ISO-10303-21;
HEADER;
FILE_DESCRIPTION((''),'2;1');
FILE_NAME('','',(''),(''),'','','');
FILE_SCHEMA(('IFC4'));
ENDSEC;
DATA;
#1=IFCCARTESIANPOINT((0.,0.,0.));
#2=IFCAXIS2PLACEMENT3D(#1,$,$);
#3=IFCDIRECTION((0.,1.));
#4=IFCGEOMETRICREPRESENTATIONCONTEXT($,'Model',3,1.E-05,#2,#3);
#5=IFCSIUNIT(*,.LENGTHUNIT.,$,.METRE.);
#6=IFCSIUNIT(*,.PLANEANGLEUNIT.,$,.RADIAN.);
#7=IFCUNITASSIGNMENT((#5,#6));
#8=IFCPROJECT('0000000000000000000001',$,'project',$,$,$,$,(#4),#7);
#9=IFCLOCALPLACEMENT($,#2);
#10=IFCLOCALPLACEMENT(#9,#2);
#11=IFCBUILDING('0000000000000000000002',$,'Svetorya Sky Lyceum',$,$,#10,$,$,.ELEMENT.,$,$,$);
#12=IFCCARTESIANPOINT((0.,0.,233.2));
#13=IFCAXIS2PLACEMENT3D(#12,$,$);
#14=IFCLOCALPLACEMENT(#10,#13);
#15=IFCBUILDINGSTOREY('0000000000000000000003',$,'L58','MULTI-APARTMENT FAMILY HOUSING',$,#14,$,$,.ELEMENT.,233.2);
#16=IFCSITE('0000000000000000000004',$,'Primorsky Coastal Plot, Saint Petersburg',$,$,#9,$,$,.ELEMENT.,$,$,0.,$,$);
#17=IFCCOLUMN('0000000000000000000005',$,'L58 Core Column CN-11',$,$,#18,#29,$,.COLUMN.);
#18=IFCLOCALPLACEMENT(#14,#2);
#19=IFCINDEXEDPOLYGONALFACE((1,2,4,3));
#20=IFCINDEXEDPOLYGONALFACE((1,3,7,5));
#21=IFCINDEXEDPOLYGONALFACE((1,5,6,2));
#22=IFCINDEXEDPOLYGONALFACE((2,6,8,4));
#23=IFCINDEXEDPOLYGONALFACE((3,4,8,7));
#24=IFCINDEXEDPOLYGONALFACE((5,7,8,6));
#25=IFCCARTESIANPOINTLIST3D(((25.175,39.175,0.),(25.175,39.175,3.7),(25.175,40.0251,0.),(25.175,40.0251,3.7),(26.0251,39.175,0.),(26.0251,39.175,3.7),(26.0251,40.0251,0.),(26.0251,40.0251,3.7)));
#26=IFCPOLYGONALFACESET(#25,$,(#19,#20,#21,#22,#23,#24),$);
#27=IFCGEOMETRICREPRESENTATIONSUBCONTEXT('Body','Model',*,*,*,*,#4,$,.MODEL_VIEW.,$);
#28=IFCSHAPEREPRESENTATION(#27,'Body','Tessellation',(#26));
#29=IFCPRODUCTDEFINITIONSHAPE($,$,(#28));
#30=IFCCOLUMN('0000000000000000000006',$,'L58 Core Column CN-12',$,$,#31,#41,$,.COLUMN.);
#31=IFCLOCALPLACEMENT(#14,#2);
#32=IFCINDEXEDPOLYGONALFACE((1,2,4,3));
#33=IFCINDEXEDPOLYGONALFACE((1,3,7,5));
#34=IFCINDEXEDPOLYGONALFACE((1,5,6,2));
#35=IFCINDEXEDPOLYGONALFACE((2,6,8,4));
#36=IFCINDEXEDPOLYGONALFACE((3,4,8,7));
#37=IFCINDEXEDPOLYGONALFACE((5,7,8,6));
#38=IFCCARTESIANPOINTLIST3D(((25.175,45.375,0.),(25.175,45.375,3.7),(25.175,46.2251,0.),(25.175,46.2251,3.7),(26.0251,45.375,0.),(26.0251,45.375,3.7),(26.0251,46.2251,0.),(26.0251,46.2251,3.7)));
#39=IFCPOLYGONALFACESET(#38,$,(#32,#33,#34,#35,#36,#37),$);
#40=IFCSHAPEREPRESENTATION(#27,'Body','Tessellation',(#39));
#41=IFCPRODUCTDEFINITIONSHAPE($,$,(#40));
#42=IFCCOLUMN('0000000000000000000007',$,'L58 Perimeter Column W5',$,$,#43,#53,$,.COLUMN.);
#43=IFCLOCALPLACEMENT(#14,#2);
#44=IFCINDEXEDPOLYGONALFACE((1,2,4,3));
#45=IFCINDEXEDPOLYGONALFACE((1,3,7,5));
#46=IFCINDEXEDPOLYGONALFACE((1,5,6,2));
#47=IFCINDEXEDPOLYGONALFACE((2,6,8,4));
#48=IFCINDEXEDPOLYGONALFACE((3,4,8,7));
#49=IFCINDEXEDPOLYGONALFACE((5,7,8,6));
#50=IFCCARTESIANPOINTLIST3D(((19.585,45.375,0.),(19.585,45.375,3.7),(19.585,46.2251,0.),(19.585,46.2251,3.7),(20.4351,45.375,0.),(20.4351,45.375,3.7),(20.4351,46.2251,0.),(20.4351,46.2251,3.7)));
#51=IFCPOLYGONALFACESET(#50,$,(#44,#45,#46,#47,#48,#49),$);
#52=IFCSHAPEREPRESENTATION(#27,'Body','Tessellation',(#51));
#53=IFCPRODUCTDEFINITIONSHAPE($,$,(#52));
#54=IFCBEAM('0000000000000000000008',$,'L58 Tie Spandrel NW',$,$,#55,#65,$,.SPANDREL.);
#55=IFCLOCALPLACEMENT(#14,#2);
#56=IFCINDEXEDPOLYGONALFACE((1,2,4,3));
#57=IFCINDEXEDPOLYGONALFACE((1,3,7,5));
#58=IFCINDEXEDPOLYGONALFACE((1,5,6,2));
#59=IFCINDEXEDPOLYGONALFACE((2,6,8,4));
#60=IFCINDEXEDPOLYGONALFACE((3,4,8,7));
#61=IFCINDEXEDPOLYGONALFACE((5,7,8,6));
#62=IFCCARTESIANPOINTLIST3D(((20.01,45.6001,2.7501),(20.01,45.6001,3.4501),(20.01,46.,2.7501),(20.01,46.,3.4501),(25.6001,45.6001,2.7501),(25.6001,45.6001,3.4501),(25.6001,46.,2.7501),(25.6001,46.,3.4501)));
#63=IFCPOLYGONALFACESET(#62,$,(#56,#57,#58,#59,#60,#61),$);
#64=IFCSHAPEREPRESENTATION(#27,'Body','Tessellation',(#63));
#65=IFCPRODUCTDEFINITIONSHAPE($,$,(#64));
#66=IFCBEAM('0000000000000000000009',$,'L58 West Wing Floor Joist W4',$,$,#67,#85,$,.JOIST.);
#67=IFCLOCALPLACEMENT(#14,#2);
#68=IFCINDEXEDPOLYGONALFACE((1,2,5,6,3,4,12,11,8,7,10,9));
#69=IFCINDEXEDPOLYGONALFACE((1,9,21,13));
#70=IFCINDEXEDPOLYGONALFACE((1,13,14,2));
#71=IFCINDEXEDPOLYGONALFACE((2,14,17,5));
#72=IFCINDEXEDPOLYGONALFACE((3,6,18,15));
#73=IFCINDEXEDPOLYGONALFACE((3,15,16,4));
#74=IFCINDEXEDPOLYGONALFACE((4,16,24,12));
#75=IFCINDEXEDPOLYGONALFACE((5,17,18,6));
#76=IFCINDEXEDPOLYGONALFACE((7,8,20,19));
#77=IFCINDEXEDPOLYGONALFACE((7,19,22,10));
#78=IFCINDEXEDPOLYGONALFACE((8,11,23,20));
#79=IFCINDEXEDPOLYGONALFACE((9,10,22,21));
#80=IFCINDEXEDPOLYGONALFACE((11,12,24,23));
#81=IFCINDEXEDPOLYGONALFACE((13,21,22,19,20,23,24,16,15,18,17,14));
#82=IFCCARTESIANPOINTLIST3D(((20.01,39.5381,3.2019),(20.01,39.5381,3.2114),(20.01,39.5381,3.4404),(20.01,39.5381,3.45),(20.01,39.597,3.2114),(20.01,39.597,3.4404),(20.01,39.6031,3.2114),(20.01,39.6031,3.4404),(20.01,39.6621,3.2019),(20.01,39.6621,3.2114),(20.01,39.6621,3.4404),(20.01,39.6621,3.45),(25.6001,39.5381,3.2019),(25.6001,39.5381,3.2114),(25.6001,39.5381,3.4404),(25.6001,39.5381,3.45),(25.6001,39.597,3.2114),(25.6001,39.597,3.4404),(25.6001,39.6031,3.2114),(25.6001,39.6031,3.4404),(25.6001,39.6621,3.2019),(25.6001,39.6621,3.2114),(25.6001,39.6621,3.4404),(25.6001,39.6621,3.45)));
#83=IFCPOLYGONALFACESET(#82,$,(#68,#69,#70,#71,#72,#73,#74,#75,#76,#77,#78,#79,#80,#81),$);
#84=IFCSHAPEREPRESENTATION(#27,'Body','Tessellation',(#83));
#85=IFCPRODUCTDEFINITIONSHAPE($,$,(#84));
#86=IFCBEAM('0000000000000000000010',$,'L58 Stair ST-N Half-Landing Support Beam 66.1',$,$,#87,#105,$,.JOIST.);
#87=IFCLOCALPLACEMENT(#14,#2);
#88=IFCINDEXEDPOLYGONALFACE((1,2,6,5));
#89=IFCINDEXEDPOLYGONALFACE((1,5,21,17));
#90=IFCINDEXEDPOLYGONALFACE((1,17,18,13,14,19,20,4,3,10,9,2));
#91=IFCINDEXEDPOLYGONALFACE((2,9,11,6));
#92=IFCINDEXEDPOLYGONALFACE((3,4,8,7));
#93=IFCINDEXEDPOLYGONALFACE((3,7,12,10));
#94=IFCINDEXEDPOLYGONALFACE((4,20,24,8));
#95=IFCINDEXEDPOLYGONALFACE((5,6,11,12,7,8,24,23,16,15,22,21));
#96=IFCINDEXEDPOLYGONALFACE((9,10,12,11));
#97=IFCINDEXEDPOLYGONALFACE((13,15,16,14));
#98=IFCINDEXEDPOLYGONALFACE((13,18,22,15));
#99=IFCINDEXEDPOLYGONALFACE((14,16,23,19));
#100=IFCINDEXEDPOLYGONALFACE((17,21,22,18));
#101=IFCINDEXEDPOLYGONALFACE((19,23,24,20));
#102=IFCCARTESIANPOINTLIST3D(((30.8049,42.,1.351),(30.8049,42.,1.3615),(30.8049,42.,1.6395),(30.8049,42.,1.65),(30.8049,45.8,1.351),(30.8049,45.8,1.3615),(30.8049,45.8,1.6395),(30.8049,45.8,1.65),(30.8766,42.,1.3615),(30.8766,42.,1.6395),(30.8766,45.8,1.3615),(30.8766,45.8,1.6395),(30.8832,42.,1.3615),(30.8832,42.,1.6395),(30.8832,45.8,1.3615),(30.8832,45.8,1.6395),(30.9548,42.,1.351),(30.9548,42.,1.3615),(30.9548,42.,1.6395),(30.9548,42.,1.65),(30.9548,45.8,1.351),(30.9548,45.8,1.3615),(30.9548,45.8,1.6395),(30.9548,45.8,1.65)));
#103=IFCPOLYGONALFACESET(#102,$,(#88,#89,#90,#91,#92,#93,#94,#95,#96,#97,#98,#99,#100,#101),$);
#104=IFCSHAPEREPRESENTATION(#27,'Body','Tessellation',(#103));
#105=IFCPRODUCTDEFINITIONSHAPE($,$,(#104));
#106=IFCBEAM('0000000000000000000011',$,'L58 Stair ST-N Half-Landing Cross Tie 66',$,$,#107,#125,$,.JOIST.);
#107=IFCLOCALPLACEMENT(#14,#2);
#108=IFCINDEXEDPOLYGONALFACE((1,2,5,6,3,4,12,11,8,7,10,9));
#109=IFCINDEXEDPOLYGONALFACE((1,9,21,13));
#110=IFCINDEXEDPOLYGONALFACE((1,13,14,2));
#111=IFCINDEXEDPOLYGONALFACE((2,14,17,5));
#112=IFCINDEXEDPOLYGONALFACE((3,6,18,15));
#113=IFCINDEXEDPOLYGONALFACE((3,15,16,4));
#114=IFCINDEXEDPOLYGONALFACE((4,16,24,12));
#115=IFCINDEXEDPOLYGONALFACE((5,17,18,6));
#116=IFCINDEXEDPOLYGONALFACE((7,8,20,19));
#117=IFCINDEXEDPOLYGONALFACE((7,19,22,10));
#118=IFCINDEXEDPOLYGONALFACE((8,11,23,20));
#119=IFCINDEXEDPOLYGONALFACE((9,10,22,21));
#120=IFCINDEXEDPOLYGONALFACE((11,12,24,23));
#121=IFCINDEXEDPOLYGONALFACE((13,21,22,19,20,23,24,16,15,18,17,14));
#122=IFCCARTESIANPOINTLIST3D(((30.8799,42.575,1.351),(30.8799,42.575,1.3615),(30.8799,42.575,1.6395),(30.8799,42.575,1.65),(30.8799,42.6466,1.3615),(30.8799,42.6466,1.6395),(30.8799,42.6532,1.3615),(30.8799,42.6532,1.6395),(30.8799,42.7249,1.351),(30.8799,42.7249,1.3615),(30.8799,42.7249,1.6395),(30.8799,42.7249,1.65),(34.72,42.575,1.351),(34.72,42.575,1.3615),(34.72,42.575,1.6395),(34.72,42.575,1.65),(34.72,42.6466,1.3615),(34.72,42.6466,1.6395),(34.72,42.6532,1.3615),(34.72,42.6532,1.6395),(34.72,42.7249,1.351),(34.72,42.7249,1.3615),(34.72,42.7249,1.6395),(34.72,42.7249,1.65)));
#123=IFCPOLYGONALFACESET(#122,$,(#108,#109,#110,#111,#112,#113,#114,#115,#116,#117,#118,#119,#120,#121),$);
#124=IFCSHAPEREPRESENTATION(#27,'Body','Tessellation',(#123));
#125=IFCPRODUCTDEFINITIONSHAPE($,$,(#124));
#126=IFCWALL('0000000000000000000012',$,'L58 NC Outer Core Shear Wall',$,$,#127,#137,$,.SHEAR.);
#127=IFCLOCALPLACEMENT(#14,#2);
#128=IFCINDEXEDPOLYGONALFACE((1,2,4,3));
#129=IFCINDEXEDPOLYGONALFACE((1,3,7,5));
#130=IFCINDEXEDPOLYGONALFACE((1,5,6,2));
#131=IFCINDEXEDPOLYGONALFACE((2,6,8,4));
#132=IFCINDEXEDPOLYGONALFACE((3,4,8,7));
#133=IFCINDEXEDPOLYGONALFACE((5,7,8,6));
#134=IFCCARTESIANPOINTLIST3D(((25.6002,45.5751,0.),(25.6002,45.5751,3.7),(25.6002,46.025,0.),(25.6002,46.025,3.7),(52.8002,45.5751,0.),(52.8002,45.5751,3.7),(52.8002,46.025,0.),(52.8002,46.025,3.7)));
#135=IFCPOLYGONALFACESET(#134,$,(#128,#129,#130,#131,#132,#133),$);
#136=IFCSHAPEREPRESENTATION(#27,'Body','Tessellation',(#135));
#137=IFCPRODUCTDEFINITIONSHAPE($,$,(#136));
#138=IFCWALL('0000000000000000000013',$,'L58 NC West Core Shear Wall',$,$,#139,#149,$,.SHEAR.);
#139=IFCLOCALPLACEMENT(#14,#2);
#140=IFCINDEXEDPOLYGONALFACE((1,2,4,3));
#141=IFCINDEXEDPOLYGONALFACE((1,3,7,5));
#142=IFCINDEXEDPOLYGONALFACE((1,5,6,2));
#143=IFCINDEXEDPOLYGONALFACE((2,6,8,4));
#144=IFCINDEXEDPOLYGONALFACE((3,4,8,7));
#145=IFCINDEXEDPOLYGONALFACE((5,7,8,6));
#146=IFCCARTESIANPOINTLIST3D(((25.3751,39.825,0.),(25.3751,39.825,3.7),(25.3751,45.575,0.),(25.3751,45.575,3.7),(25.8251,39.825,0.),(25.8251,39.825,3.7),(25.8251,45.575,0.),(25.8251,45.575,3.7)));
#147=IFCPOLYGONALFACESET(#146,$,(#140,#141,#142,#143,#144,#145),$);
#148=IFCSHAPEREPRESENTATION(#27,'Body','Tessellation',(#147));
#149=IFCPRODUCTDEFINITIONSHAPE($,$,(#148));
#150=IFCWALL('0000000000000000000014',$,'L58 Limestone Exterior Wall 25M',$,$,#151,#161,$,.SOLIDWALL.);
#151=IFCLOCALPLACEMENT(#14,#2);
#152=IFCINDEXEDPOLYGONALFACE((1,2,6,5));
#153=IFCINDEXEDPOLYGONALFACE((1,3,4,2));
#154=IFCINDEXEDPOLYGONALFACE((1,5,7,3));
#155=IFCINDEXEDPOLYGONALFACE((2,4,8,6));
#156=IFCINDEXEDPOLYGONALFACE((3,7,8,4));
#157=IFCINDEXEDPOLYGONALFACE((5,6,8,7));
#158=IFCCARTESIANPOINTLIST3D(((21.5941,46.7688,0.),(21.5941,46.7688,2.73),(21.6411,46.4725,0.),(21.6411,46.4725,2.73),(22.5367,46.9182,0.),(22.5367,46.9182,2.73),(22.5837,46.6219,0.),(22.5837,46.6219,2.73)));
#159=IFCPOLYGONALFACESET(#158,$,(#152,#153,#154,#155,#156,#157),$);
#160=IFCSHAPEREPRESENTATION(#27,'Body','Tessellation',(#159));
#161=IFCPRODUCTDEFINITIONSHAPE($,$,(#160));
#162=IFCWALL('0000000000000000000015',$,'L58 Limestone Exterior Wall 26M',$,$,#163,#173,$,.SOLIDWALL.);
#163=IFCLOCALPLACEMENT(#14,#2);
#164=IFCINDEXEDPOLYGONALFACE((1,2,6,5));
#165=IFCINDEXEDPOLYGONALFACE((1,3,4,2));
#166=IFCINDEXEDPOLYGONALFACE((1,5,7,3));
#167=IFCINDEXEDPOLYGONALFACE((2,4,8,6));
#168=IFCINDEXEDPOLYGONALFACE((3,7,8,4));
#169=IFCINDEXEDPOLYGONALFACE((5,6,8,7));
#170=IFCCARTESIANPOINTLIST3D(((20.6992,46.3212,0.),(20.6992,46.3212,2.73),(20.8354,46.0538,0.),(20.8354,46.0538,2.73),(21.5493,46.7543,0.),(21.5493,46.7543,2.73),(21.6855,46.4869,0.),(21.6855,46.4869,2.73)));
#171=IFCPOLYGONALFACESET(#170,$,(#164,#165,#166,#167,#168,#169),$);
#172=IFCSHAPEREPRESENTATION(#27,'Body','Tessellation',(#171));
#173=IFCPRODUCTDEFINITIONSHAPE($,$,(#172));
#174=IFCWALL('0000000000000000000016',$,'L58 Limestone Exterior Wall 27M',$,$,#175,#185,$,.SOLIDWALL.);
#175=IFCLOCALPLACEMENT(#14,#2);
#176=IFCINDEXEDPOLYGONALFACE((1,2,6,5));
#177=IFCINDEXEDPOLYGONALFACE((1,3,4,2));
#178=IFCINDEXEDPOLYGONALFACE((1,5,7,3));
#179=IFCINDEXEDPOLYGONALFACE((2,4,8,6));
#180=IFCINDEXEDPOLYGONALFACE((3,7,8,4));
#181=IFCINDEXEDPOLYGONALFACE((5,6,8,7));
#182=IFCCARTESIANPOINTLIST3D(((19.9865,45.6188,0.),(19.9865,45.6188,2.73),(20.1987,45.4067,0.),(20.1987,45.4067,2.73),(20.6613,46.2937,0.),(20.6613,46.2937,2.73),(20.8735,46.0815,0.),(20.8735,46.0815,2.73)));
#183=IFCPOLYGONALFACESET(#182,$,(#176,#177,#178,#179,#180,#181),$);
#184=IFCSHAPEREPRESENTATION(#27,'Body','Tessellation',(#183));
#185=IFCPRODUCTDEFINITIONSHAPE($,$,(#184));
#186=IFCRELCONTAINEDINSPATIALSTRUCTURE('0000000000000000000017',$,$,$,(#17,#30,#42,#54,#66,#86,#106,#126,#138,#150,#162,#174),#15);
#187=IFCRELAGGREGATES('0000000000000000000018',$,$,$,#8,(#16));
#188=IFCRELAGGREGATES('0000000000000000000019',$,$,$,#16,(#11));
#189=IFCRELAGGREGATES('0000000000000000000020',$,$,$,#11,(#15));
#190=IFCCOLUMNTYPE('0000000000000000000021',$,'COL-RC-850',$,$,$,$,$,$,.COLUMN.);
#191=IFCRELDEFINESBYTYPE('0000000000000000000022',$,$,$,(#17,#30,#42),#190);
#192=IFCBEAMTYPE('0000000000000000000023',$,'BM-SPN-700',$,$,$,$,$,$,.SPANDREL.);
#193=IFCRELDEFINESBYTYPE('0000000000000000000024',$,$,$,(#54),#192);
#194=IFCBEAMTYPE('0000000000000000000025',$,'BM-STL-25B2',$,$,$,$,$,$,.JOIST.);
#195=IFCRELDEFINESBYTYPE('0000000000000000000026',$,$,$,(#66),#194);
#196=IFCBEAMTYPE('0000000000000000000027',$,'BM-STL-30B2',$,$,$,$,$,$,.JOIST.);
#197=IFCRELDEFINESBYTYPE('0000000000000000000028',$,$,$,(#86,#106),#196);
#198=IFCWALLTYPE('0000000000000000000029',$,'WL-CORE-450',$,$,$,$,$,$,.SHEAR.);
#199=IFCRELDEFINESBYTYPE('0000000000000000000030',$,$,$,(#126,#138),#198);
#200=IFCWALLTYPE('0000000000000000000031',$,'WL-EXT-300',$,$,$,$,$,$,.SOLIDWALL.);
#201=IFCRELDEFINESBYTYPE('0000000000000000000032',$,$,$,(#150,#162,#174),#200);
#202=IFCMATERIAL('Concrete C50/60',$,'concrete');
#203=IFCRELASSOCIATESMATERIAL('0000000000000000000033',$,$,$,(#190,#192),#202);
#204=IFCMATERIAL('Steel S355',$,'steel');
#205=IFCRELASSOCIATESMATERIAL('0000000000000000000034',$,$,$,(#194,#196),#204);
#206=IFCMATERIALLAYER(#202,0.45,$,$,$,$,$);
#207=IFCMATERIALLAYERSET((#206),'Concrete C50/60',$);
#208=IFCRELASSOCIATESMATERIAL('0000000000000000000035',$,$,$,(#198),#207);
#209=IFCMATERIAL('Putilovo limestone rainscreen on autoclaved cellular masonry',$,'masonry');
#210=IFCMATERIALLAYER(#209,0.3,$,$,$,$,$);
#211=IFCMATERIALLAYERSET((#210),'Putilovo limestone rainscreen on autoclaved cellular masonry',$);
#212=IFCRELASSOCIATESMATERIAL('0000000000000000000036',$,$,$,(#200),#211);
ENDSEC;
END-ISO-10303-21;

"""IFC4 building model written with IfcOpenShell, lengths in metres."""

from ifc_helpers import new_model, si_unit, direction, frame, frame_2d, origin, origin_2d, place, context, subcontext, project, spatial, rectangle, i_section, extrude, material, layer, layer_set, material_profile, profile_set, type_object, element, save


model = new_model("IFC4")

# Units and contexts
model_context = context("Model", 3, precision=1e-05, world=origin(), true_north=direction((0.0, 1.0)))
body_context = subcontext(model_context, "Body", "Model", "MODEL_VIEW")
ifc_project = project(units=[si_unit("LENGTHUNIT", "METRE"), si_unit("PLANEANGLEUNIT", "RADIAN")], contexts=[model_context])

# Site, building, storey
site_placement = place(None, origin())
site = spatial("IfcSite", under=ifc_project, at=site_placement, Name="Primorsky Coastal Plot, Saint Petersburg", CompositionType="ELEMENT", RefElevation=0.0)
building_placement = place(site_placement, origin())
building = spatial("IfcBuilding", under=site, at=building_placement, Name="Svetorya Sky Lyceum", CompositionType="ELEMENT")
storey_placement = place(building_placement, frame((0.0, 0.0, 233.2)))
storey = spatial("IfcBuildingStorey", under=building, at=storey_placement, Name="L58", Description="MULTI-APARTMENT FAMILY HOUSING", CompositionType="ELEMENT", Elevation=233.2)

# Columns
ifc_material_1 = material(Name="Concrete C50/60", Category="concrete")
ifc_material_profile_1 = material_profile(ifc_material_1, rectangle(XDim=0.8501, YDim=0.8501, at=origin_2d()), Name="RC COL 850x850")
ifc_profile_set_1 = profile_set([ifc_material_profile_1], Name="Concrete C50/60")
column_type = type_object("IfcColumnType", Name="COL-RC-850", PredefinedType="COLUMN", material=ifc_profile_set_1)
for number, where, z_axis, x_axis, name in (
    (1, (25.6001, 39.6001, 0.0), (0.0, 0.0, 1.0), (1.0, 0.0, 0.0), "L58 Core Column CN-11"),
    (2, (25.6001, 45.8, 0.0), (0.0, 0.0, 1.0), (1.0, 0.0, 0.0), "L58 Core Column CN-12"),
    (3, (20.01, 45.8, 0.0), (0.0, 0.0, 1.0), (1.0, 0.0, 0.0), "L58 Perimeter Column W5"),
):
    element("IfcColumn", number, at=place(storey_placement, frame(where, z_axis=z_axis, x_axis=x_axis)), inside=storey, type_object=column_type, Name=name, PredefinedType="COLUMN", context=body_context, shape_type="SweptSolid", body=[
        extrude(rectangle(XDim=0.8501, YDim=0.8501, at=origin_2d()), origin(), (0.0, 0.0, 1.0), 3.7),
    ])

# Beams
ifc_material_profile_2 = material_profile(ifc_material_1, rectangle(XDim=0.3999, YDim=0.7, at=origin_2d()), Name="RC SPANDREL 400x700")
ifc_profile_set_2 = profile_set([ifc_material_profile_2], Name="Concrete C50/60")
beam_type_1 = type_object("IfcBeamType", Name="BM-SPN-700", PredefinedType="SPANDREL", material=ifc_profile_set_2)
beam_1_placement = place(storey_placement, frame((20.01, 45.8, 3.1001), z_axis=(1.0, 0.0, 0.0), x_axis=(0.0, 1.0, 0.0)))
element("IfcBeam", 4, at=beam_1_placement, inside=storey, type_object=beam_type_1, Name="L58 Tie Spandrel NW", PredefinedType="SPANDREL", context=body_context, shape_type="SweptSolid", body=[
    extrude(rectangle(XDim=0.3999, YDim=0.7, at=origin_2d()), origin(), (0.0, 0.0, 1.0), 5.5901),
])
ifc_material_2 = material(Name="Steel S355", Category="steel")
ifc_material_profile_3 = material_profile(ifc_material_2, i_section(OverallWidth=0.124, OverallDepth=0.248, WebThickness=0.0061, FlangeThickness=0.0095, at=origin_2d()), Name="GOST 25B2")
ifc_profile_set_3 = profile_set([ifc_material_profile_3], Name="Steel S355")
beam_type_2 = type_object("IfcBeamType", Name="BM-STL-25B2", PredefinedType="JOIST", material=ifc_profile_set_3)
beam_2_placement = place(storey_placement, frame((20.01, 39.6001, 3.3259), z_axis=(1.0, 0.0, 0.0), x_axis=(0.0, 1.0, 0.0)))
element("IfcBeam", 5, at=beam_2_placement, inside=storey, type_object=beam_type_2, Name="L58 West Wing Floor Joist W4", PredefinedType="JOIST", context=body_context, shape_type="SweptSolid", body=[
    extrude(i_section(OverallWidth=0.124, OverallDepth=0.248, WebThickness=0.0061, FlangeThickness=0.0095, at=origin_2d()), origin(), (0.0, 0.0, 1.0), 5.5901),
])
ifc_material_profile_4 = material_profile(ifc_material_2, i_section(OverallWidth=0.1499, OverallDepth=0.2991, WebThickness=0.0066, FlangeThickness=0.0105, at=origin_2d()), Name="GOST 30B2")
ifc_profile_set_4 = profile_set([ifc_material_profile_4], Name="Steel S355")
beam_type_3 = type_object("IfcBeamType", Name="BM-STL-30B2", PredefinedType="JOIST", material=ifc_profile_set_4)
beam_3_placement = place(storey_placement, frame((30.8799, 42.0, 1.5005), z_axis=(0.0, 1.0, 0.0), x_axis=(-1.0, 0.0, 0.0)))
element("IfcBeam", 6, at=beam_3_placement, inside=storey, type_object=beam_type_3, Name="L58 Stair ST-N Half-Landing Support Beam 66.1", PredefinedType="JOIST", context=body_context, shape_type="SweptSolid", body=[
    extrude(i_section(OverallWidth=0.1499, OverallDepth=0.2991, WebThickness=0.0066, FlangeThickness=0.0105, at=origin_2d()), origin(), (0.0, 0.0, 1.0), 3.8),
])
beam_4_placement = place(storey_placement, frame((30.8799, 42.6499, 1.5005), z_axis=(1.0, 0.0, 0.0), x_axis=(0.0, 1.0, 0.0)))
element("IfcBeam", 7, at=beam_4_placement, inside=storey, type_object=beam_type_3, Name="L58 Stair ST-N Half-Landing Cross Tie 66", PredefinedType="JOIST", context=body_context, shape_type="SweptSolid", body=[
    extrude(i_section(OverallWidth=0.1499, OverallDepth=0.2991, WebThickness=0.0066, FlangeThickness=0.0105, at=origin_2d()), origin(), (0.0, 0.0, 1.0), 3.8401),
])

# Walls
ifc_layer_1 = layer(ifc_material_1, 0.45)
ifc_layer_set_1 = layer_set([ifc_layer_1], Name="Concrete C50/60")
wall_type_1 = type_object("IfcWallType", Name="WL-CORE-450", PredefinedType="SHEAR", material=ifc_layer_set_1)
wall_1_placement = place(storey_placement, frame((25.6001, 45.8, 0.0), z_axis=(0.0, 0.0, 1.0), x_axis=(1.0, 0.0, 0.0)))
element("IfcWall", 8, at=wall_1_placement, inside=storey, type_object=wall_type_1, Name="L58 NC Outer Core Shear Wall", PredefinedType="SHEAR", context=body_context, shape_type="SweptSolid", body=[
    extrude(rectangle(XDim=27.2, YDim=0.45, at=frame_2d((13.6001, 0.0))), origin(), (0.0, 0.0, 1.0), 3.7),
])
wall_2_placement = place(storey_placement, frame((25.6001, 39.825, 0.0), z_axis=(0.0, 0.0, 1.0), x_axis=(0.0, 1.0, 0.0)))
element("IfcWall", 9, at=wall_2_placement, inside=storey, type_object=wall_type_1, Name="L58 NC West Core Shear Wall", PredefinedType="SHEAR", context=body_context, shape_type="SweptSolid", body=[
    extrude(rectangle(XDim=5.75, YDim=0.45, at=frame_2d((2.875, 0.0))), origin(), (0.0, 0.0, 1.0), 3.7),
])
ifc_material_3 = material(Name="Putilovo limestone rainscreen on autoclaved cellular masonry", Category="masonry")
ifc_layer_2 = layer(ifc_material_3, 0.3)
ifc_layer_set_2 = layer_set([ifc_layer_2], Name="Putilovo limestone rainscreen on autoclaved cellular masonry")
wall_type_2 = type_object("IfcWallType", Name="WL-EXT-300", PredefinedType="SOLIDWALL", material=ifc_layer_set_2)
wall_3_placement = place(storey_placement, frame((22.5601, 46.77, 0.0), z_axis=(0.0, 0.0, 1.0), x_axis=(-0.987669, -0.156554, 0.0)))
element("IfcWall", 10, at=wall_3_placement, inside=storey, type_object=wall_type_2, Name="L58 Limestone Exterior Wall 25M", PredefinedType="SOLIDWALL", context=body_context, shape_type="SweptSolid", body=[
    extrude(rectangle(XDim=0.9543, YDim=0.3, at=frame_2d((0.4771, 0.0))), origin(), (0.0, 0.0, 1.0), 2.73),
])
wall_4_placement = place(storey_placement, frame((21.6174, 46.6206, 0.0), z_axis=(0.0, 0.0, 1.0), x_axis=(-0.891024, -0.453956, 0.0)))
element("IfcWall", 11, at=wall_4_placement, inside=storey, type_object=wall_type_2, Name="L58 Limestone Exterior Wall 26M", PredefinedType="SOLIDWALL", context=body_context, shape_type="SweptSolid", body=[
    extrude(rectangle(XDim=0.9541, YDim=0.3, at=frame_2d((0.4771, 0.0))), origin(), (0.0, 0.0, 1.0), 2.73),
])
wall_5_placement = place(storey_placement, frame((20.7673, 46.1875, 0.0), z_axis=(0.0, 0.0, 1.0), x_axis=(-0.707107, -0.707107, 0.0)))
element("IfcWall", 12, at=wall_5_placement, inside=storey, type_object=wall_type_2, Name="L58 Limestone Exterior Wall 27M", PredefinedType="SOLIDWALL", context=body_context, shape_type="SweptSolid", body=[
    extrude(rectangle(XDim=0.9543, YDim=0.3, at=frame_2d((0.4771, 0.0))), origin(), (0.0, 0.0, 1.0), 2.73),
])

save(model, "model.ifc")
